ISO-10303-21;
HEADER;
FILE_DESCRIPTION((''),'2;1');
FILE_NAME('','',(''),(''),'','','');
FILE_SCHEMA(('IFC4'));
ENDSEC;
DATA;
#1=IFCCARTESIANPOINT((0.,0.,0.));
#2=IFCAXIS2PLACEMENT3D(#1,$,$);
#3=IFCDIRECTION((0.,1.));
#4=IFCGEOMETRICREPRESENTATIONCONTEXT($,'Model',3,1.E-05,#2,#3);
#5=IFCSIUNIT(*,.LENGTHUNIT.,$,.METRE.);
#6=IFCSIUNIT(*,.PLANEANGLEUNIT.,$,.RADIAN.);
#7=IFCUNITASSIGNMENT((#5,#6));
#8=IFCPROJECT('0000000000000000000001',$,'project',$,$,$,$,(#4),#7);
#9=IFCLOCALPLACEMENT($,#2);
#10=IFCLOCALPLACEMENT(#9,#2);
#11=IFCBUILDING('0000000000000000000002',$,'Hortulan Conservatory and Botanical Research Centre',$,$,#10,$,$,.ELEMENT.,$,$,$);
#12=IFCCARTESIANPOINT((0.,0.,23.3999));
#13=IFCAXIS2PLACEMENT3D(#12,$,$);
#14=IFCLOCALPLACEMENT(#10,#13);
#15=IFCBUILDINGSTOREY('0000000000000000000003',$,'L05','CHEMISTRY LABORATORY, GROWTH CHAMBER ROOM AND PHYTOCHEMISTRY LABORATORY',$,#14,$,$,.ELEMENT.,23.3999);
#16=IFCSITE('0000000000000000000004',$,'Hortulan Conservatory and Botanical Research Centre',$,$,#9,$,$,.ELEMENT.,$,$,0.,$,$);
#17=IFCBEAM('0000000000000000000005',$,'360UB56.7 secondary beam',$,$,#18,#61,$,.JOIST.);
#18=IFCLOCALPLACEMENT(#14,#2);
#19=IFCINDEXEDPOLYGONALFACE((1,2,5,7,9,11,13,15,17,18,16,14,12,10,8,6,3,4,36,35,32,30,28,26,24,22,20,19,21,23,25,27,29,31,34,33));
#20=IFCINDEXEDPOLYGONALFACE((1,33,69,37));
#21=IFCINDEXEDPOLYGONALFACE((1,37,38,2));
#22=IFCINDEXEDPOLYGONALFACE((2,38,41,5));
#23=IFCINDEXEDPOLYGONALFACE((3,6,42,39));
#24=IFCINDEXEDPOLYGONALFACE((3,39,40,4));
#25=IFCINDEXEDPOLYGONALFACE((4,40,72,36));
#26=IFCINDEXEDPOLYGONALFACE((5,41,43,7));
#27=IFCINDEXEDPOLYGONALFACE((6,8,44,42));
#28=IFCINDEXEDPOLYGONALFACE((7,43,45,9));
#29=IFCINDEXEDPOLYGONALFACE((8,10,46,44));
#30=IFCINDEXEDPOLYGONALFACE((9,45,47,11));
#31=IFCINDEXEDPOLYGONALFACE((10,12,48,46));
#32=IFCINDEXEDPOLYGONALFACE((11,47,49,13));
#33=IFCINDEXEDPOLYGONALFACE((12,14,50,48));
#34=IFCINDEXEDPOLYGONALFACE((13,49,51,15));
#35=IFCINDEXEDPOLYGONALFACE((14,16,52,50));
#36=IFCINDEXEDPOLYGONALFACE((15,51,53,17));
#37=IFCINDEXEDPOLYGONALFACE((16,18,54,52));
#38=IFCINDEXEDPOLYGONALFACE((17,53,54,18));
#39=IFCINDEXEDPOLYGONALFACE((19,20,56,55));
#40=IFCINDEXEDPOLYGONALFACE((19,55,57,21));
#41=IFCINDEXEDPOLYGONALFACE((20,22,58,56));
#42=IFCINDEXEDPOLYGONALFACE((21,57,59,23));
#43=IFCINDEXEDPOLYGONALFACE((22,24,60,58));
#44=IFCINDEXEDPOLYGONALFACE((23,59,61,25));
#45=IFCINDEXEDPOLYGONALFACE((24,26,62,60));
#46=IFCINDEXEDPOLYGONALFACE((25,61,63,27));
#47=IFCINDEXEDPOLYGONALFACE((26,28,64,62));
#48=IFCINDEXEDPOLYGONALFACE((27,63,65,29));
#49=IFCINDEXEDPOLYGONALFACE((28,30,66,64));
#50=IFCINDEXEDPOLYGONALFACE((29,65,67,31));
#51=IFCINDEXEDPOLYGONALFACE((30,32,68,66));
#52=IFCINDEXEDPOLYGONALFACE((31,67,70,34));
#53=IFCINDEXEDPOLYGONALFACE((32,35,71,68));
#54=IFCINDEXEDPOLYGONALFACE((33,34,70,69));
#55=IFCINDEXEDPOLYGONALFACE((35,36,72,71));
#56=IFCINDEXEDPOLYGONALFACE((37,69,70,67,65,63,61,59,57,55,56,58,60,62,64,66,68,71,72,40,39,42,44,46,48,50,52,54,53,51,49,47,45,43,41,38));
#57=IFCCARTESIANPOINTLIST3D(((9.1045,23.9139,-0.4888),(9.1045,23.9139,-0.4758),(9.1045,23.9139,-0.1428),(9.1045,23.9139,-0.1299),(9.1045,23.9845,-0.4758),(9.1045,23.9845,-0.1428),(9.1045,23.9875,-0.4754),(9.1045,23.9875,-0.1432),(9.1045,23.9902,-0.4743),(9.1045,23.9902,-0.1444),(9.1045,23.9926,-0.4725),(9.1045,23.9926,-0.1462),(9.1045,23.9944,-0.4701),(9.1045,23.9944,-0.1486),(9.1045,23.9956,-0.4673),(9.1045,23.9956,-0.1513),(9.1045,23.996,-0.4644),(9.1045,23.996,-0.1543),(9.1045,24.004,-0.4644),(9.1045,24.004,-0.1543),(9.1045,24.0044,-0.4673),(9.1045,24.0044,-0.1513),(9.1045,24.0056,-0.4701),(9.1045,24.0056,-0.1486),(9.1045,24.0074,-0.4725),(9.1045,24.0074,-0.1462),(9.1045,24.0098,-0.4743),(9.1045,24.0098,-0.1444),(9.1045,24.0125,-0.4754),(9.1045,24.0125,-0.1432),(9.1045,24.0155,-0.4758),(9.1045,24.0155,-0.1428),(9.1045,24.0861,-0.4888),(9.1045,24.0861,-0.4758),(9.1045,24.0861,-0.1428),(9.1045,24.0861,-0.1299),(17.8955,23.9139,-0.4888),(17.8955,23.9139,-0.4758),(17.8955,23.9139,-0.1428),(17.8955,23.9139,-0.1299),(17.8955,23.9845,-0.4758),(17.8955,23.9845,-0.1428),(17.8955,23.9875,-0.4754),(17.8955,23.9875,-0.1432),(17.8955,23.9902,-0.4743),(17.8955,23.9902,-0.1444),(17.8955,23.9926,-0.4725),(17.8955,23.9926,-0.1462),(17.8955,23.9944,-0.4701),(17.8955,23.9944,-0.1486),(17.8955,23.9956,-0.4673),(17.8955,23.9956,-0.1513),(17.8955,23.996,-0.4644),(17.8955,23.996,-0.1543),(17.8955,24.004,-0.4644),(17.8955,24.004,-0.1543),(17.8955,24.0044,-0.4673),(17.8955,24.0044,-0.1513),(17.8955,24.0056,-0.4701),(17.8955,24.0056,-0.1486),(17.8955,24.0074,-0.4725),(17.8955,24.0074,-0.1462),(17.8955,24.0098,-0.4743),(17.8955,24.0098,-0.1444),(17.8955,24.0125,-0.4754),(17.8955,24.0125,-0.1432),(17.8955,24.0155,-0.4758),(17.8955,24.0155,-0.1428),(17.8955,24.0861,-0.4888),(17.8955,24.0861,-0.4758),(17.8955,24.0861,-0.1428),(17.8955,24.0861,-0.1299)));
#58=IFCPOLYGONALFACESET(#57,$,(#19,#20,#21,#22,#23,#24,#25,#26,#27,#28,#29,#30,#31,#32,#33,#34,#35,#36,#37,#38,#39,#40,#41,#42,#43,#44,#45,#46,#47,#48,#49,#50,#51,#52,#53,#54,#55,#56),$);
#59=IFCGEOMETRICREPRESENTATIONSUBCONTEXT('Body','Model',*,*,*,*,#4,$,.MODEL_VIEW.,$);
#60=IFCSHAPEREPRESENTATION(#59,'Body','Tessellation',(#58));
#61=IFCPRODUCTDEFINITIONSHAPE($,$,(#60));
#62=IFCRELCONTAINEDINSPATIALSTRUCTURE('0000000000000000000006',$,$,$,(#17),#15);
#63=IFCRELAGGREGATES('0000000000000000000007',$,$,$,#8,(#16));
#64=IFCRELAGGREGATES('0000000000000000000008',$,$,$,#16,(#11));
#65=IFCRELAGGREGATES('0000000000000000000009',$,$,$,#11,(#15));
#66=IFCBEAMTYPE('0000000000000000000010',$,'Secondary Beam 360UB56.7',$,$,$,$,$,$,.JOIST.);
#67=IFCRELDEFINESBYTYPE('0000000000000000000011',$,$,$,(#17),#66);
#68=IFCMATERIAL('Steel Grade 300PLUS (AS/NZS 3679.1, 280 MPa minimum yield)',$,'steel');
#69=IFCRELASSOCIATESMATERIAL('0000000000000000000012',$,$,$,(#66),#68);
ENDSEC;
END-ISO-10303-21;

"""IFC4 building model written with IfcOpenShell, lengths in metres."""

from ifc_helpers import new_model, si_unit, direction, frame, origin, origin_2d, place, context, subcontext, project, spatial, i_section, extrude, material, material_profile, profile_set, type_object, element, save


model = new_model("IFC4")

# Units and contexts
model_context = context("Model", 3, precision=1e-05, world=origin(), true_north=direction((0.0, 1.0)))
body_context = subcontext(model_context, "Body", "Model", "MODEL_VIEW")
ifc_project = project(units=[si_unit("LENGTHUNIT", "METRE"), si_unit("PLANEANGLEUNIT", "RADIAN")], contexts=[model_context])

# Site, building, storey
site_placement = place(None, origin())
site = spatial("IfcSite", under=ifc_project, at=site_placement, Name="Hortulan Conservatory and Botanical Research Centre", CompositionType="ELEMENT", RefElevation=0.0)
building_placement = place(site_placement, origin())
building = spatial("IfcBuilding", under=site, at=building_placement, Name="Hortulan Conservatory and Botanical Research Centre", CompositionType="ELEMENT")
storey_placement = place(building_placement, frame((0.0, 0.0, 23.3999)))
storey = spatial("IfcBuildingStorey", under=building, at=storey_placement, Name="L05", Description="CHEMISTRY LABORATORY, GROWTH CHAMBER ROOM AND PHYTOCHEMISTRY LABORATORY", CompositionType="ELEMENT", Elevation=23.3999)

# Shared definitions
ifc_material_1 = material(Name="Steel Grade 300PLUS (AS/NZS 3679.1, 280 MPa minimum yield)", Category="steel")

# Beam
ifc_material_profile_1 = material_profile(ifc_material_1, i_section(OverallWidth=0.1721, OverallDepth=0.3589, WebThickness=0.0081, FlangeThickness=0.0129, FilletRadius=0.0115, at=origin_2d()), Name="360UB56.7")
ifc_profile_set_1 = profile_set([ifc_material_profile_1], Name="Steel Grade 300PLUS (AS/NZS 3679.1, 280 MPa minimum yield)")
beam_type_1 = type_object("IfcBeamType", Name="Secondary Beam 360UB56.7", PredefinedType="JOIST", material=ifc_profile_set_1)
beam_1_placement = place(storey_placement, frame((9.1045, 24.0, -0.3093), z_axis=(1.0, 0.0, 0.0), x_axis=(0.0, 1.0, 0.0)))
element("IfcBeam", 1, at=beam_1_placement, inside=storey, type_object=beam_type_1, Name="360UB56.7 secondary beam", PredefinedType="JOIST", context=body_context, shape_type="SweptSolid", body=[
    extrude(i_section(OverallWidth=0.1721, OverallDepth=0.3589, WebThickness=0.0081, FlangeThickness=0.0129, FilletRadius=0.0115, at=origin_2d()), origin(), (0.0, 0.0, 1.0), 8.791),
])

save(model, "model.ifc")
